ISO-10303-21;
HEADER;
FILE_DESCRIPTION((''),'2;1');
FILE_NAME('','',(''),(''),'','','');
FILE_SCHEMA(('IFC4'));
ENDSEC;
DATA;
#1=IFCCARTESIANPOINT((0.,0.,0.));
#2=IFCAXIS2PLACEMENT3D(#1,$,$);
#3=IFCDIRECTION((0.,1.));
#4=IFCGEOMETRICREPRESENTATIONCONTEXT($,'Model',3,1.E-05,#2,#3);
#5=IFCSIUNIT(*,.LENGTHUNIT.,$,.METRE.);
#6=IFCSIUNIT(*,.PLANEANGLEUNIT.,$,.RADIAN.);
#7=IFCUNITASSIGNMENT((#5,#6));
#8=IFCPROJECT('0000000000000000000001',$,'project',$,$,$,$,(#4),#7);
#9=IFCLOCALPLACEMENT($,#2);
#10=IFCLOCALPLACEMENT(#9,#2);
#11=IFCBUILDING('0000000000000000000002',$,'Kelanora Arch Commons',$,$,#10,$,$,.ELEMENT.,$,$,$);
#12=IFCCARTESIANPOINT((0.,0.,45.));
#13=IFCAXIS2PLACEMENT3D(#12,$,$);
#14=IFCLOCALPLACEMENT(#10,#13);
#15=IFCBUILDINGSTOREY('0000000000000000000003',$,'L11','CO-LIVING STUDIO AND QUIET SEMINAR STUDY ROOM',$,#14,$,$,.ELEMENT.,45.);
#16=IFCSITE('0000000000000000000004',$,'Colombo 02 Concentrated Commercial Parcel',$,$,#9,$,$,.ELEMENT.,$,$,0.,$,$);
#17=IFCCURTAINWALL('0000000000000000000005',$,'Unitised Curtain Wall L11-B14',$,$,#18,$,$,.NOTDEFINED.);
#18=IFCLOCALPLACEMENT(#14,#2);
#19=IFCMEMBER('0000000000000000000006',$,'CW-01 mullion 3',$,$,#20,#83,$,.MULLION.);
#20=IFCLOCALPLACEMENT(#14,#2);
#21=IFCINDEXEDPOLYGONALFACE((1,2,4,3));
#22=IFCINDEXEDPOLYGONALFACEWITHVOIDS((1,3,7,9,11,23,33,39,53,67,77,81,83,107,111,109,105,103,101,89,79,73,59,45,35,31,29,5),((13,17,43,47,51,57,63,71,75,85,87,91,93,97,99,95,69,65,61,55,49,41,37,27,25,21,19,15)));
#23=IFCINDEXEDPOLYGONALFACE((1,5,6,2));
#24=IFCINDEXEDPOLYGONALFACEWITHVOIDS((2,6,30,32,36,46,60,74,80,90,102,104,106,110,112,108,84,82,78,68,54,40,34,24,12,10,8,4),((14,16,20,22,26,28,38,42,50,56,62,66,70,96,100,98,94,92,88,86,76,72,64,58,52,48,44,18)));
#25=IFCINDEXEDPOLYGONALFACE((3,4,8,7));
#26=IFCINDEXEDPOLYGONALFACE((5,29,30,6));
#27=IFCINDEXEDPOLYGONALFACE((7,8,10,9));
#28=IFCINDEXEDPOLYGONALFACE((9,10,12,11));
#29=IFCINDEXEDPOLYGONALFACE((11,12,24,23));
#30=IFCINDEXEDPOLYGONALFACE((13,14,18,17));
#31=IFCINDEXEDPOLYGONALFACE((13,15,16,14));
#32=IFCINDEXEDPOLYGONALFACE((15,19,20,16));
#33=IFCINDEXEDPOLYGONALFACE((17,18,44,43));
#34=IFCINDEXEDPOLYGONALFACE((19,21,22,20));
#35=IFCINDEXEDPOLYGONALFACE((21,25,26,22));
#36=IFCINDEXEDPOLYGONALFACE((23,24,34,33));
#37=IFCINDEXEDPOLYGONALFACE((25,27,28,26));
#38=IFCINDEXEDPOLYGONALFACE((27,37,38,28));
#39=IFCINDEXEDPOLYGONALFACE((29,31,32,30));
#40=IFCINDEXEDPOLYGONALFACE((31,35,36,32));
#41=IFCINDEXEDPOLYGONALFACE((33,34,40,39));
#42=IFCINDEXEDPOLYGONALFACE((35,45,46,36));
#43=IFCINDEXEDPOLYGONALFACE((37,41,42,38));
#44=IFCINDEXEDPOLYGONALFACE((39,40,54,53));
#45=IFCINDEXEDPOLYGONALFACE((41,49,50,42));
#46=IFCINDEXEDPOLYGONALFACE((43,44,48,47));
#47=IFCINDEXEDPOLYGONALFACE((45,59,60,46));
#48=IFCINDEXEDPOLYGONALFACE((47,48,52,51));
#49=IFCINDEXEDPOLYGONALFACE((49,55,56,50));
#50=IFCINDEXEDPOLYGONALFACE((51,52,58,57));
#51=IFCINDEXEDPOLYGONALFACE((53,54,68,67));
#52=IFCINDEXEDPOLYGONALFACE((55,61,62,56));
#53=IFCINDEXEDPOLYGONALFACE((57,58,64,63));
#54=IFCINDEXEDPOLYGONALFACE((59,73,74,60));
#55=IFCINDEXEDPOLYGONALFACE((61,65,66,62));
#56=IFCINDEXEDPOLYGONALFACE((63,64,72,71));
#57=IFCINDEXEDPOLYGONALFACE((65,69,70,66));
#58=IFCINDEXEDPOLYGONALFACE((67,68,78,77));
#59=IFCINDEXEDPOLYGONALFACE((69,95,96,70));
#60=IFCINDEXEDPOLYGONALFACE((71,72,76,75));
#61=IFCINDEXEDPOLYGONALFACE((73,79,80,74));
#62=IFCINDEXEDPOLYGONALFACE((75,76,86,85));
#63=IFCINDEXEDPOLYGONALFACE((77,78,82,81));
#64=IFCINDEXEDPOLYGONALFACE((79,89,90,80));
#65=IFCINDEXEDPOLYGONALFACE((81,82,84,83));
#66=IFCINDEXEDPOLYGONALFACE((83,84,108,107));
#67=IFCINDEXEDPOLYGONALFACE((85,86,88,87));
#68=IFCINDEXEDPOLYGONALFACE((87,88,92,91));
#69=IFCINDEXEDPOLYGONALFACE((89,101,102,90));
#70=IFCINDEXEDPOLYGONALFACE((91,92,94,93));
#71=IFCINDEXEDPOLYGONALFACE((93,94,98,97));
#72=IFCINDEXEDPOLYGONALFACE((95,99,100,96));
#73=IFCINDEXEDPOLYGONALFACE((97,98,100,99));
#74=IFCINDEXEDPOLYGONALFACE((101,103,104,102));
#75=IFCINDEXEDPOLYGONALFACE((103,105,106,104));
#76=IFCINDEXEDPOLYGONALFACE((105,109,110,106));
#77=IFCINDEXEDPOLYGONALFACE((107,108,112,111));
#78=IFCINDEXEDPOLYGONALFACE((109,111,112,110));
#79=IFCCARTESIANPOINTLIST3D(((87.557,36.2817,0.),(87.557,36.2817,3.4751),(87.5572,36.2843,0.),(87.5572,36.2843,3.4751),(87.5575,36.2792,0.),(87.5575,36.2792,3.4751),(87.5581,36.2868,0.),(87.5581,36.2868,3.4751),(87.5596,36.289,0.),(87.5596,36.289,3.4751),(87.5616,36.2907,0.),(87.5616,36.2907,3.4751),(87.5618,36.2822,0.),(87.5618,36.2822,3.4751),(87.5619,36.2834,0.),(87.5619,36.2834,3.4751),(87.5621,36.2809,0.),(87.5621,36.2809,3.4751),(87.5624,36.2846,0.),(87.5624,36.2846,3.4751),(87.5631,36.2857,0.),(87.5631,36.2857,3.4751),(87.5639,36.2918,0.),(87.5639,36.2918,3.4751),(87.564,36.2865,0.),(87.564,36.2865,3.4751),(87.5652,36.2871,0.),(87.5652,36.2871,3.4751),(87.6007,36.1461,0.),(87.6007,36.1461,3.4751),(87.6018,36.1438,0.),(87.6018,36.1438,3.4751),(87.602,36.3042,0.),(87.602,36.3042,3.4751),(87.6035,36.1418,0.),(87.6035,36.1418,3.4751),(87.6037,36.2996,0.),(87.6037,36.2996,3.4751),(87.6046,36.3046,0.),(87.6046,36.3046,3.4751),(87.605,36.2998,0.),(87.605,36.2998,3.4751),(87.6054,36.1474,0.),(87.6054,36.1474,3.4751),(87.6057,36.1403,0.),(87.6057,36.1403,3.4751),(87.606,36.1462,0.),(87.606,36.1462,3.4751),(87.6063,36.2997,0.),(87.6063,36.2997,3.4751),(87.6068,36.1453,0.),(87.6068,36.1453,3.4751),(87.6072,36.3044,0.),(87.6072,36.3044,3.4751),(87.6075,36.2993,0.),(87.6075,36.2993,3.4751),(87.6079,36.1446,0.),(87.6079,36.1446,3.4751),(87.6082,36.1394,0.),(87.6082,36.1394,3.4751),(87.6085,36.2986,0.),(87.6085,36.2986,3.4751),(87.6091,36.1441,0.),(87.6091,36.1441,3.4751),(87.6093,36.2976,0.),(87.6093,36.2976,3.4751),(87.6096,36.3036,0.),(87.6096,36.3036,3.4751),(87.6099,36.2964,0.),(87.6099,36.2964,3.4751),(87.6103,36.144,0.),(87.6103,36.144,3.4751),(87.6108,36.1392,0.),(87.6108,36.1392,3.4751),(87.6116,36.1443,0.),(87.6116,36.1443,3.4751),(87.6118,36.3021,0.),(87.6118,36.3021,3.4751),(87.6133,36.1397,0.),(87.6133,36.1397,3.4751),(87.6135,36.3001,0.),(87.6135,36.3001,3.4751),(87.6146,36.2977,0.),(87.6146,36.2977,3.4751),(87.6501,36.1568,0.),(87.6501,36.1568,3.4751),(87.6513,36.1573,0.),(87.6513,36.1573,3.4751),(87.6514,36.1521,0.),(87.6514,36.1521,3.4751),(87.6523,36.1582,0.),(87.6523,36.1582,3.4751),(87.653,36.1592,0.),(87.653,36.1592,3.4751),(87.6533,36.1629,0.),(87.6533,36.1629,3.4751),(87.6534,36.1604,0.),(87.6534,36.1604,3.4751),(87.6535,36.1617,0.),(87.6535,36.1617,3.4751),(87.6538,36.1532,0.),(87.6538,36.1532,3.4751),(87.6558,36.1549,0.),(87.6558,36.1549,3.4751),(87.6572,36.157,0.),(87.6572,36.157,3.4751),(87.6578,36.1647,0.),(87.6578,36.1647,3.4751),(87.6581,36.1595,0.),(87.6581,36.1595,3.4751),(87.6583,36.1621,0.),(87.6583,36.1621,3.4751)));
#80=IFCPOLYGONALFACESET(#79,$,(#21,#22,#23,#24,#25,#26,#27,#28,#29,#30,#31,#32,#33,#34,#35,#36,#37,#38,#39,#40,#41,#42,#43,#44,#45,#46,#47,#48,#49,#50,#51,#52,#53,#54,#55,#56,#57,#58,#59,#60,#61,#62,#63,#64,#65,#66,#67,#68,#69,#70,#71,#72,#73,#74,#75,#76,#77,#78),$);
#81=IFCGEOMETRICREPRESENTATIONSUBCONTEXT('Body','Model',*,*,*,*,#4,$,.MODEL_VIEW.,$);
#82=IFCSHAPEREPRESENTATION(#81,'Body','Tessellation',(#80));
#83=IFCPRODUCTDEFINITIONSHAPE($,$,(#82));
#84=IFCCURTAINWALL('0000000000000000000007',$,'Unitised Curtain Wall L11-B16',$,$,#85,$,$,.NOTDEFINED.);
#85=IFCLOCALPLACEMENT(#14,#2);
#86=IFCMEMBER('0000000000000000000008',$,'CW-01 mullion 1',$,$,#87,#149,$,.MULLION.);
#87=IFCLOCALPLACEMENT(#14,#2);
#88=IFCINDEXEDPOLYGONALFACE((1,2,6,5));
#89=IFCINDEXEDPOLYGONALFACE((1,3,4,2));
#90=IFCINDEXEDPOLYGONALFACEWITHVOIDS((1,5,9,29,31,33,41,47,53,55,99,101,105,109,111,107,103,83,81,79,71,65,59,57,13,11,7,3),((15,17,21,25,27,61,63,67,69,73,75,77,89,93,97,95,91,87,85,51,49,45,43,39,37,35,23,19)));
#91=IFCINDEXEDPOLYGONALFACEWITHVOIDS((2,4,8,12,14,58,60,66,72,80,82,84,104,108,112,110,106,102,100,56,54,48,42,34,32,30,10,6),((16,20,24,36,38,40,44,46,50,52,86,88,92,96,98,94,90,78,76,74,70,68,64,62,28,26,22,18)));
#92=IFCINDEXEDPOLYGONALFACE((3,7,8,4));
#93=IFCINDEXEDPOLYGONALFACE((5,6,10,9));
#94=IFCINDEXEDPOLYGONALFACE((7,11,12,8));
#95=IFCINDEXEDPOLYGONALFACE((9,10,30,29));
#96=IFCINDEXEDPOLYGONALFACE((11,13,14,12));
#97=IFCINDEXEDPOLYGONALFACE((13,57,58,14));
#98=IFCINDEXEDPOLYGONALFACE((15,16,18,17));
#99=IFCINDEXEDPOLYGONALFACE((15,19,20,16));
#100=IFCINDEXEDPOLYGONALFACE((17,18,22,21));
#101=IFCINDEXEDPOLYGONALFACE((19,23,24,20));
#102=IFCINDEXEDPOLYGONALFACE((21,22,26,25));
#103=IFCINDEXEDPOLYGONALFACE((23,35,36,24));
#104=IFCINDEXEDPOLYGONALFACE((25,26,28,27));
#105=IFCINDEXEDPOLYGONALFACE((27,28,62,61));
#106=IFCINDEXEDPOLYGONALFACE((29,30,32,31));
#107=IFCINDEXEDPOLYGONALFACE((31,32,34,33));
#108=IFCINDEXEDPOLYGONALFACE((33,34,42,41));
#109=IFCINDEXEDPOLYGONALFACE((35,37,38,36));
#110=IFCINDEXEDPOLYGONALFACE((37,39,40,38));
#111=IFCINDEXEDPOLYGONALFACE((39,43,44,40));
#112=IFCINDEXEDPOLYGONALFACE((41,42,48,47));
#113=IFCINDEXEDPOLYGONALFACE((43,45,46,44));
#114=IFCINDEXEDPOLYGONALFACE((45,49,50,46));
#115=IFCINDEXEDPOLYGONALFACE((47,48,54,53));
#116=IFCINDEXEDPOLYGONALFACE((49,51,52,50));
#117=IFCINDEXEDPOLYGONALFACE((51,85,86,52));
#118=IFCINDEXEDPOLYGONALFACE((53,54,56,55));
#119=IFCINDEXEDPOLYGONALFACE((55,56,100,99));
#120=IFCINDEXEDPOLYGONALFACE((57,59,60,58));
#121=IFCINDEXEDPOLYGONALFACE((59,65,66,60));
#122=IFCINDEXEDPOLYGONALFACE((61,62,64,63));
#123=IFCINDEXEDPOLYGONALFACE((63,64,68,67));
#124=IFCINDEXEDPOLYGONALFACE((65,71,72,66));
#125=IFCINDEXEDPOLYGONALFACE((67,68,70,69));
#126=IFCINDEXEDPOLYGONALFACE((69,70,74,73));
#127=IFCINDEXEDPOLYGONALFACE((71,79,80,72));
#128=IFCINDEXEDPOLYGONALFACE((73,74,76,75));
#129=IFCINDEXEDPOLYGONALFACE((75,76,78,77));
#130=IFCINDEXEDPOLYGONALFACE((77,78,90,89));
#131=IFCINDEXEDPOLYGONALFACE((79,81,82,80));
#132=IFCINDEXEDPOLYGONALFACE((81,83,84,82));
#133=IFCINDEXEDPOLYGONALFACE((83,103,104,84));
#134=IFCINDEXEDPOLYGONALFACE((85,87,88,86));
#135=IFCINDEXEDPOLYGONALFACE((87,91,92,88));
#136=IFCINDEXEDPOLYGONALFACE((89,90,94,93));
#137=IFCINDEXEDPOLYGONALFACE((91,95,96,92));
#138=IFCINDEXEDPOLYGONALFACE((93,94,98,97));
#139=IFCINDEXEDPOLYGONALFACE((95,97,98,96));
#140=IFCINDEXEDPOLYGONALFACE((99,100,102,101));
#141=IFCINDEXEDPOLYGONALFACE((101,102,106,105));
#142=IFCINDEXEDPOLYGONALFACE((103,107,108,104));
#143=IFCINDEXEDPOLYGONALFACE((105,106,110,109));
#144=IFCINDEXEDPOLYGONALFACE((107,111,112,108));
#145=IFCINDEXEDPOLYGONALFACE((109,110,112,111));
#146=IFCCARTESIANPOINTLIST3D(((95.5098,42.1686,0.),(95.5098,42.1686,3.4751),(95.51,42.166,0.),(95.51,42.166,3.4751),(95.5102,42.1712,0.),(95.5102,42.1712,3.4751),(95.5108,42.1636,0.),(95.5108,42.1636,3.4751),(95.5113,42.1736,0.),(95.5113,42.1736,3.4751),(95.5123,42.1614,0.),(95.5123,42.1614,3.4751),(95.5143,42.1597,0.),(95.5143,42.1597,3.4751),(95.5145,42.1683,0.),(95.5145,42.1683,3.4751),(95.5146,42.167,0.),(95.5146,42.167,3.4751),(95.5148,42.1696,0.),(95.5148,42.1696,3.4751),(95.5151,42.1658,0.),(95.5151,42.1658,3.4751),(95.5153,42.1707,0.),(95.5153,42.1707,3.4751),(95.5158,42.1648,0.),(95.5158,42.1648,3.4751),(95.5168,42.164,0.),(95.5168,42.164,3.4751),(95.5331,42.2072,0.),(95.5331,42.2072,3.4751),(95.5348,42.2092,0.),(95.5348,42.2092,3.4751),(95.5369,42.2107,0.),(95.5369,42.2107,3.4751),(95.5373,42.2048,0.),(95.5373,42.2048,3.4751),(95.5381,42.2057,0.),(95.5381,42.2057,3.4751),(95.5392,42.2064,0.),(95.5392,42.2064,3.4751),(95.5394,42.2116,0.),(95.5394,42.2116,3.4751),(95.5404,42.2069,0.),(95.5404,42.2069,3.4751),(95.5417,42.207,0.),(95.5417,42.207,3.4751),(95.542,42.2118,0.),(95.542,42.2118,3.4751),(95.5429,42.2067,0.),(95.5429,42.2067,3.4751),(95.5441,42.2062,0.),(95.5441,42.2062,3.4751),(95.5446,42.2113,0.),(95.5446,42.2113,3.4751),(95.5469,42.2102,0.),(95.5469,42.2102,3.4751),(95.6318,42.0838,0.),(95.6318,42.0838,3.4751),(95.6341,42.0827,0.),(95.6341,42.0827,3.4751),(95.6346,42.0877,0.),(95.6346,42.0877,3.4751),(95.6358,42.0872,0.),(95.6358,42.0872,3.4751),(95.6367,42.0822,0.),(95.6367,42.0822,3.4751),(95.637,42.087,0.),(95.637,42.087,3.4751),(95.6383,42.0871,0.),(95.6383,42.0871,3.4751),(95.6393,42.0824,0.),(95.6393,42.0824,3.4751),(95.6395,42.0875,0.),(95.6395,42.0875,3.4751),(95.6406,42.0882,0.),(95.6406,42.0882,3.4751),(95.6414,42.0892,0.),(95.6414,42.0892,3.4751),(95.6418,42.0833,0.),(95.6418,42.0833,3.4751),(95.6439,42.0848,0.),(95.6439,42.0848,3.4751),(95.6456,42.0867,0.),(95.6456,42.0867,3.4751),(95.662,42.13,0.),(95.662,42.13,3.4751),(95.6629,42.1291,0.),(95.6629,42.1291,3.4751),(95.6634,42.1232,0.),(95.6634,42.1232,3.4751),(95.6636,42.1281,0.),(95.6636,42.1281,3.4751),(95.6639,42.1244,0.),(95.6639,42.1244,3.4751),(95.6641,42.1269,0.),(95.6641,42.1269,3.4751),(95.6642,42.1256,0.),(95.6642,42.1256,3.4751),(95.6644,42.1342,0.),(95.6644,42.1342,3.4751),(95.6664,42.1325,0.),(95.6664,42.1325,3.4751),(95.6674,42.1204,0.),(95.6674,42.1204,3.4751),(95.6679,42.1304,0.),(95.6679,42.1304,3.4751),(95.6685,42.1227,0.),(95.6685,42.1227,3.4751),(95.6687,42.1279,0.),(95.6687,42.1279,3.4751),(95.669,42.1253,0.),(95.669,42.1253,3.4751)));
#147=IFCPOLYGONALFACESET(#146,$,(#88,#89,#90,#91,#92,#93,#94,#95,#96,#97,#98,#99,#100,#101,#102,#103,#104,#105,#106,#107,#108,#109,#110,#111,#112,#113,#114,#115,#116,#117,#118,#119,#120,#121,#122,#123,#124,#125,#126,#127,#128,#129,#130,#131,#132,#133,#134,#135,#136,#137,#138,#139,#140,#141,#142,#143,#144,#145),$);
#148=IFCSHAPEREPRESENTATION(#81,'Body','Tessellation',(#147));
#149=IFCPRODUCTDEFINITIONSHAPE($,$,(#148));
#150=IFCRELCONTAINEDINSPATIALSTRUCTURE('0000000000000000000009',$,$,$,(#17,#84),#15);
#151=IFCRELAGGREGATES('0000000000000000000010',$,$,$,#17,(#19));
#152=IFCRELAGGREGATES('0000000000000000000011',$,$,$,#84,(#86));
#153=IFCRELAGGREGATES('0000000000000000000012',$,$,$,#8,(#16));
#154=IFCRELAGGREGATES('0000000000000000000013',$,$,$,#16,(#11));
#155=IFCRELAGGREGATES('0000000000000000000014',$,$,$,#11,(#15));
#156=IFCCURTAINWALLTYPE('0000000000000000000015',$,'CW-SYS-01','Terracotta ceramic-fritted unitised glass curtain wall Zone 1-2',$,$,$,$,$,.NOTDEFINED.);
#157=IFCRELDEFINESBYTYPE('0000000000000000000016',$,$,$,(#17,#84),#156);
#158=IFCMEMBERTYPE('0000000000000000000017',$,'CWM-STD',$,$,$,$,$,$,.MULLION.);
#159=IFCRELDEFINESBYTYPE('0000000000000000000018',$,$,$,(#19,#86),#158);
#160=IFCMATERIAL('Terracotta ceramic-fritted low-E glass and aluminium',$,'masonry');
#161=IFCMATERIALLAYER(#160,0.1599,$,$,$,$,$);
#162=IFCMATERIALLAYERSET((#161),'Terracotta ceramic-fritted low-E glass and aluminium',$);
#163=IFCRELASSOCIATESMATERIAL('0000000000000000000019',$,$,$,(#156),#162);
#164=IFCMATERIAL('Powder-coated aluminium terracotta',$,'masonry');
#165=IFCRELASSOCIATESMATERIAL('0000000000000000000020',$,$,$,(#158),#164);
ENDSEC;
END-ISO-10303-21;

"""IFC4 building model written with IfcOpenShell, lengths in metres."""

from ifc_helpers import new_model, si_unit, direction, frame, origin, origin_2d, place, context, subcontext, project, spatial, hollow_rectangle, extrude, material, layer, layer_set, material_profile, profile_set, type_object, element, aggregate, save


model = new_model("IFC4")

# Units and contexts
model_context = context("Model", 3, precision=1e-05, world=origin(), true_north=direction((0.0, 1.0)))
body_context = subcontext(model_context, "Body", "Model", "MODEL_VIEW")
ifc_project = project(units=[si_unit("LENGTHUNIT", "METRE"), si_unit("PLANEANGLEUNIT", "RADIAN")], contexts=[model_context])

# Site, building, storey
site_placement = place(None, origin())
site = spatial("IfcSite", under=ifc_project, at=site_placement, Name="Colombo 02 Concentrated Commercial Parcel", CompositionType="ELEMENT", RefElevation=0.0)
building_placement = place(site_placement, origin())
building = spatial("IfcBuilding", under=site, at=building_placement, Name="Kelanora Arch Commons", CompositionType="ELEMENT")
storey_placement = place(building_placement, frame((0.0, 0.0, 45.0)))
storey = spatial("IfcBuildingStorey", under=building, at=storey_placement, Name="L11", Description="CO-LIVING STUDIO AND QUIET SEMINAR STUDY ROOM", CompositionType="ELEMENT", Elevation=45.0)

# Curtain wall, member
ifc_material_1 = material(Name="Terracotta ceramic-fritted low-E glass and aluminium", Category="masonry")
ifc_layer_1 = layer(ifc_material_1, 0.1599)
ifc_layer_set_1 = layer_set([ifc_layer_1], Name="Terracotta ceramic-fritted low-E glass and aluminium")
curtain_wall_type = type_object("IfcCurtainWallType", Name="CW-SYS-01", Description="Terracotta ceramic-fritted unitised glass curtain wall Zone 1-2", PredefinedType="NOTDEFINED", material=ifc_layer_set_1)
curtain_wall_1_placement = place(storey_placement, origin())
curtain_wall_1 = element("IfcCurtainWall", 1, at=curtain_wall_1_placement, inside=storey, type_object=curtain_wall_type, Name="Unitised Curtain Wall L11-B14", PredefinedType="NOTDEFINED")
ifc_material_2 = material(Name="Powder-coated aluminium terracotta", Category="masonry")
ifc_material_profile_1 = material_profile(ifc_material_2, hollow_rectangle(XDim=0.1599, YDim=0.0601, WallThickness=0.0049, InnerFilletRadius=0.0049, OuterFilletRadius=0.01, at=origin_2d()), Name="CWM160x60")
ifc_profile_set_1 = profile_set([ifc_material_profile_1], Name="Powder-coated aluminium terracotta")
member_type_1 = type_object("IfcMemberType", Name="CWM-STD", PredefinedType="MULLION", material=ifc_profile_set_1)
member_1_placement = place(storey_placement, frame((87.6077, 36.2219, 0.0), z_axis=(0.0, 0.0, 1.0), x_axis=(-0.309058, 0.951043, 0.0)))
member_1 = element("IfcMember", 2, at=member_1_placement, type_object=member_type_1, Name="CW-01 mullion 3", PredefinedType="MULLION", context=body_context, shape_type="SweptSolid", body=[
    extrude(hollow_rectangle(XDim=0.1599, YDim=0.0601, WallThickness=0.0049, InnerFilletRadius=0.0049, OuterFilletRadius=0.01, at=origin_2d()), origin(), (0.0, 0.0, 1.0), 3.4751),
])

# Curtain wall, member
curtain_wall_2_placement = place(storey_placement, origin())
curtain_wall_2 = element("IfcCurtainWall", 3, at=curtain_wall_2_placement, inside=storey, type_object=curtain_wall_type, Name="Unitised Curtain Wall L11-B16", PredefinedType="NOTDEFINED")
member_2_placement = place(storey_placement, frame((95.5894, 42.147, 0.0), z_axis=(0.0, 0.0, 1.0), x_axis=(-0.83973, 0.543004, 0.0)))
member_2 = element("IfcMember", 4, at=member_2_placement, type_object=member_type_1, Name="CW-01 mullion 1", PredefinedType="MULLION", context=body_context, shape_type="SweptSolid", body=[
    extrude(hollow_rectangle(XDim=0.1599, YDim=0.0601, WallThickness=0.0049, InnerFilletRadius=0.0049, OuterFilletRadius=0.01, at=origin_2d()), origin(), (0.0, 0.0, 1.0), 3.4751),
])

aggregate(curtain_wall_1, [member_1])
aggregate(curtain_wall_2, [member_2])

save(model, "model.ifc")
